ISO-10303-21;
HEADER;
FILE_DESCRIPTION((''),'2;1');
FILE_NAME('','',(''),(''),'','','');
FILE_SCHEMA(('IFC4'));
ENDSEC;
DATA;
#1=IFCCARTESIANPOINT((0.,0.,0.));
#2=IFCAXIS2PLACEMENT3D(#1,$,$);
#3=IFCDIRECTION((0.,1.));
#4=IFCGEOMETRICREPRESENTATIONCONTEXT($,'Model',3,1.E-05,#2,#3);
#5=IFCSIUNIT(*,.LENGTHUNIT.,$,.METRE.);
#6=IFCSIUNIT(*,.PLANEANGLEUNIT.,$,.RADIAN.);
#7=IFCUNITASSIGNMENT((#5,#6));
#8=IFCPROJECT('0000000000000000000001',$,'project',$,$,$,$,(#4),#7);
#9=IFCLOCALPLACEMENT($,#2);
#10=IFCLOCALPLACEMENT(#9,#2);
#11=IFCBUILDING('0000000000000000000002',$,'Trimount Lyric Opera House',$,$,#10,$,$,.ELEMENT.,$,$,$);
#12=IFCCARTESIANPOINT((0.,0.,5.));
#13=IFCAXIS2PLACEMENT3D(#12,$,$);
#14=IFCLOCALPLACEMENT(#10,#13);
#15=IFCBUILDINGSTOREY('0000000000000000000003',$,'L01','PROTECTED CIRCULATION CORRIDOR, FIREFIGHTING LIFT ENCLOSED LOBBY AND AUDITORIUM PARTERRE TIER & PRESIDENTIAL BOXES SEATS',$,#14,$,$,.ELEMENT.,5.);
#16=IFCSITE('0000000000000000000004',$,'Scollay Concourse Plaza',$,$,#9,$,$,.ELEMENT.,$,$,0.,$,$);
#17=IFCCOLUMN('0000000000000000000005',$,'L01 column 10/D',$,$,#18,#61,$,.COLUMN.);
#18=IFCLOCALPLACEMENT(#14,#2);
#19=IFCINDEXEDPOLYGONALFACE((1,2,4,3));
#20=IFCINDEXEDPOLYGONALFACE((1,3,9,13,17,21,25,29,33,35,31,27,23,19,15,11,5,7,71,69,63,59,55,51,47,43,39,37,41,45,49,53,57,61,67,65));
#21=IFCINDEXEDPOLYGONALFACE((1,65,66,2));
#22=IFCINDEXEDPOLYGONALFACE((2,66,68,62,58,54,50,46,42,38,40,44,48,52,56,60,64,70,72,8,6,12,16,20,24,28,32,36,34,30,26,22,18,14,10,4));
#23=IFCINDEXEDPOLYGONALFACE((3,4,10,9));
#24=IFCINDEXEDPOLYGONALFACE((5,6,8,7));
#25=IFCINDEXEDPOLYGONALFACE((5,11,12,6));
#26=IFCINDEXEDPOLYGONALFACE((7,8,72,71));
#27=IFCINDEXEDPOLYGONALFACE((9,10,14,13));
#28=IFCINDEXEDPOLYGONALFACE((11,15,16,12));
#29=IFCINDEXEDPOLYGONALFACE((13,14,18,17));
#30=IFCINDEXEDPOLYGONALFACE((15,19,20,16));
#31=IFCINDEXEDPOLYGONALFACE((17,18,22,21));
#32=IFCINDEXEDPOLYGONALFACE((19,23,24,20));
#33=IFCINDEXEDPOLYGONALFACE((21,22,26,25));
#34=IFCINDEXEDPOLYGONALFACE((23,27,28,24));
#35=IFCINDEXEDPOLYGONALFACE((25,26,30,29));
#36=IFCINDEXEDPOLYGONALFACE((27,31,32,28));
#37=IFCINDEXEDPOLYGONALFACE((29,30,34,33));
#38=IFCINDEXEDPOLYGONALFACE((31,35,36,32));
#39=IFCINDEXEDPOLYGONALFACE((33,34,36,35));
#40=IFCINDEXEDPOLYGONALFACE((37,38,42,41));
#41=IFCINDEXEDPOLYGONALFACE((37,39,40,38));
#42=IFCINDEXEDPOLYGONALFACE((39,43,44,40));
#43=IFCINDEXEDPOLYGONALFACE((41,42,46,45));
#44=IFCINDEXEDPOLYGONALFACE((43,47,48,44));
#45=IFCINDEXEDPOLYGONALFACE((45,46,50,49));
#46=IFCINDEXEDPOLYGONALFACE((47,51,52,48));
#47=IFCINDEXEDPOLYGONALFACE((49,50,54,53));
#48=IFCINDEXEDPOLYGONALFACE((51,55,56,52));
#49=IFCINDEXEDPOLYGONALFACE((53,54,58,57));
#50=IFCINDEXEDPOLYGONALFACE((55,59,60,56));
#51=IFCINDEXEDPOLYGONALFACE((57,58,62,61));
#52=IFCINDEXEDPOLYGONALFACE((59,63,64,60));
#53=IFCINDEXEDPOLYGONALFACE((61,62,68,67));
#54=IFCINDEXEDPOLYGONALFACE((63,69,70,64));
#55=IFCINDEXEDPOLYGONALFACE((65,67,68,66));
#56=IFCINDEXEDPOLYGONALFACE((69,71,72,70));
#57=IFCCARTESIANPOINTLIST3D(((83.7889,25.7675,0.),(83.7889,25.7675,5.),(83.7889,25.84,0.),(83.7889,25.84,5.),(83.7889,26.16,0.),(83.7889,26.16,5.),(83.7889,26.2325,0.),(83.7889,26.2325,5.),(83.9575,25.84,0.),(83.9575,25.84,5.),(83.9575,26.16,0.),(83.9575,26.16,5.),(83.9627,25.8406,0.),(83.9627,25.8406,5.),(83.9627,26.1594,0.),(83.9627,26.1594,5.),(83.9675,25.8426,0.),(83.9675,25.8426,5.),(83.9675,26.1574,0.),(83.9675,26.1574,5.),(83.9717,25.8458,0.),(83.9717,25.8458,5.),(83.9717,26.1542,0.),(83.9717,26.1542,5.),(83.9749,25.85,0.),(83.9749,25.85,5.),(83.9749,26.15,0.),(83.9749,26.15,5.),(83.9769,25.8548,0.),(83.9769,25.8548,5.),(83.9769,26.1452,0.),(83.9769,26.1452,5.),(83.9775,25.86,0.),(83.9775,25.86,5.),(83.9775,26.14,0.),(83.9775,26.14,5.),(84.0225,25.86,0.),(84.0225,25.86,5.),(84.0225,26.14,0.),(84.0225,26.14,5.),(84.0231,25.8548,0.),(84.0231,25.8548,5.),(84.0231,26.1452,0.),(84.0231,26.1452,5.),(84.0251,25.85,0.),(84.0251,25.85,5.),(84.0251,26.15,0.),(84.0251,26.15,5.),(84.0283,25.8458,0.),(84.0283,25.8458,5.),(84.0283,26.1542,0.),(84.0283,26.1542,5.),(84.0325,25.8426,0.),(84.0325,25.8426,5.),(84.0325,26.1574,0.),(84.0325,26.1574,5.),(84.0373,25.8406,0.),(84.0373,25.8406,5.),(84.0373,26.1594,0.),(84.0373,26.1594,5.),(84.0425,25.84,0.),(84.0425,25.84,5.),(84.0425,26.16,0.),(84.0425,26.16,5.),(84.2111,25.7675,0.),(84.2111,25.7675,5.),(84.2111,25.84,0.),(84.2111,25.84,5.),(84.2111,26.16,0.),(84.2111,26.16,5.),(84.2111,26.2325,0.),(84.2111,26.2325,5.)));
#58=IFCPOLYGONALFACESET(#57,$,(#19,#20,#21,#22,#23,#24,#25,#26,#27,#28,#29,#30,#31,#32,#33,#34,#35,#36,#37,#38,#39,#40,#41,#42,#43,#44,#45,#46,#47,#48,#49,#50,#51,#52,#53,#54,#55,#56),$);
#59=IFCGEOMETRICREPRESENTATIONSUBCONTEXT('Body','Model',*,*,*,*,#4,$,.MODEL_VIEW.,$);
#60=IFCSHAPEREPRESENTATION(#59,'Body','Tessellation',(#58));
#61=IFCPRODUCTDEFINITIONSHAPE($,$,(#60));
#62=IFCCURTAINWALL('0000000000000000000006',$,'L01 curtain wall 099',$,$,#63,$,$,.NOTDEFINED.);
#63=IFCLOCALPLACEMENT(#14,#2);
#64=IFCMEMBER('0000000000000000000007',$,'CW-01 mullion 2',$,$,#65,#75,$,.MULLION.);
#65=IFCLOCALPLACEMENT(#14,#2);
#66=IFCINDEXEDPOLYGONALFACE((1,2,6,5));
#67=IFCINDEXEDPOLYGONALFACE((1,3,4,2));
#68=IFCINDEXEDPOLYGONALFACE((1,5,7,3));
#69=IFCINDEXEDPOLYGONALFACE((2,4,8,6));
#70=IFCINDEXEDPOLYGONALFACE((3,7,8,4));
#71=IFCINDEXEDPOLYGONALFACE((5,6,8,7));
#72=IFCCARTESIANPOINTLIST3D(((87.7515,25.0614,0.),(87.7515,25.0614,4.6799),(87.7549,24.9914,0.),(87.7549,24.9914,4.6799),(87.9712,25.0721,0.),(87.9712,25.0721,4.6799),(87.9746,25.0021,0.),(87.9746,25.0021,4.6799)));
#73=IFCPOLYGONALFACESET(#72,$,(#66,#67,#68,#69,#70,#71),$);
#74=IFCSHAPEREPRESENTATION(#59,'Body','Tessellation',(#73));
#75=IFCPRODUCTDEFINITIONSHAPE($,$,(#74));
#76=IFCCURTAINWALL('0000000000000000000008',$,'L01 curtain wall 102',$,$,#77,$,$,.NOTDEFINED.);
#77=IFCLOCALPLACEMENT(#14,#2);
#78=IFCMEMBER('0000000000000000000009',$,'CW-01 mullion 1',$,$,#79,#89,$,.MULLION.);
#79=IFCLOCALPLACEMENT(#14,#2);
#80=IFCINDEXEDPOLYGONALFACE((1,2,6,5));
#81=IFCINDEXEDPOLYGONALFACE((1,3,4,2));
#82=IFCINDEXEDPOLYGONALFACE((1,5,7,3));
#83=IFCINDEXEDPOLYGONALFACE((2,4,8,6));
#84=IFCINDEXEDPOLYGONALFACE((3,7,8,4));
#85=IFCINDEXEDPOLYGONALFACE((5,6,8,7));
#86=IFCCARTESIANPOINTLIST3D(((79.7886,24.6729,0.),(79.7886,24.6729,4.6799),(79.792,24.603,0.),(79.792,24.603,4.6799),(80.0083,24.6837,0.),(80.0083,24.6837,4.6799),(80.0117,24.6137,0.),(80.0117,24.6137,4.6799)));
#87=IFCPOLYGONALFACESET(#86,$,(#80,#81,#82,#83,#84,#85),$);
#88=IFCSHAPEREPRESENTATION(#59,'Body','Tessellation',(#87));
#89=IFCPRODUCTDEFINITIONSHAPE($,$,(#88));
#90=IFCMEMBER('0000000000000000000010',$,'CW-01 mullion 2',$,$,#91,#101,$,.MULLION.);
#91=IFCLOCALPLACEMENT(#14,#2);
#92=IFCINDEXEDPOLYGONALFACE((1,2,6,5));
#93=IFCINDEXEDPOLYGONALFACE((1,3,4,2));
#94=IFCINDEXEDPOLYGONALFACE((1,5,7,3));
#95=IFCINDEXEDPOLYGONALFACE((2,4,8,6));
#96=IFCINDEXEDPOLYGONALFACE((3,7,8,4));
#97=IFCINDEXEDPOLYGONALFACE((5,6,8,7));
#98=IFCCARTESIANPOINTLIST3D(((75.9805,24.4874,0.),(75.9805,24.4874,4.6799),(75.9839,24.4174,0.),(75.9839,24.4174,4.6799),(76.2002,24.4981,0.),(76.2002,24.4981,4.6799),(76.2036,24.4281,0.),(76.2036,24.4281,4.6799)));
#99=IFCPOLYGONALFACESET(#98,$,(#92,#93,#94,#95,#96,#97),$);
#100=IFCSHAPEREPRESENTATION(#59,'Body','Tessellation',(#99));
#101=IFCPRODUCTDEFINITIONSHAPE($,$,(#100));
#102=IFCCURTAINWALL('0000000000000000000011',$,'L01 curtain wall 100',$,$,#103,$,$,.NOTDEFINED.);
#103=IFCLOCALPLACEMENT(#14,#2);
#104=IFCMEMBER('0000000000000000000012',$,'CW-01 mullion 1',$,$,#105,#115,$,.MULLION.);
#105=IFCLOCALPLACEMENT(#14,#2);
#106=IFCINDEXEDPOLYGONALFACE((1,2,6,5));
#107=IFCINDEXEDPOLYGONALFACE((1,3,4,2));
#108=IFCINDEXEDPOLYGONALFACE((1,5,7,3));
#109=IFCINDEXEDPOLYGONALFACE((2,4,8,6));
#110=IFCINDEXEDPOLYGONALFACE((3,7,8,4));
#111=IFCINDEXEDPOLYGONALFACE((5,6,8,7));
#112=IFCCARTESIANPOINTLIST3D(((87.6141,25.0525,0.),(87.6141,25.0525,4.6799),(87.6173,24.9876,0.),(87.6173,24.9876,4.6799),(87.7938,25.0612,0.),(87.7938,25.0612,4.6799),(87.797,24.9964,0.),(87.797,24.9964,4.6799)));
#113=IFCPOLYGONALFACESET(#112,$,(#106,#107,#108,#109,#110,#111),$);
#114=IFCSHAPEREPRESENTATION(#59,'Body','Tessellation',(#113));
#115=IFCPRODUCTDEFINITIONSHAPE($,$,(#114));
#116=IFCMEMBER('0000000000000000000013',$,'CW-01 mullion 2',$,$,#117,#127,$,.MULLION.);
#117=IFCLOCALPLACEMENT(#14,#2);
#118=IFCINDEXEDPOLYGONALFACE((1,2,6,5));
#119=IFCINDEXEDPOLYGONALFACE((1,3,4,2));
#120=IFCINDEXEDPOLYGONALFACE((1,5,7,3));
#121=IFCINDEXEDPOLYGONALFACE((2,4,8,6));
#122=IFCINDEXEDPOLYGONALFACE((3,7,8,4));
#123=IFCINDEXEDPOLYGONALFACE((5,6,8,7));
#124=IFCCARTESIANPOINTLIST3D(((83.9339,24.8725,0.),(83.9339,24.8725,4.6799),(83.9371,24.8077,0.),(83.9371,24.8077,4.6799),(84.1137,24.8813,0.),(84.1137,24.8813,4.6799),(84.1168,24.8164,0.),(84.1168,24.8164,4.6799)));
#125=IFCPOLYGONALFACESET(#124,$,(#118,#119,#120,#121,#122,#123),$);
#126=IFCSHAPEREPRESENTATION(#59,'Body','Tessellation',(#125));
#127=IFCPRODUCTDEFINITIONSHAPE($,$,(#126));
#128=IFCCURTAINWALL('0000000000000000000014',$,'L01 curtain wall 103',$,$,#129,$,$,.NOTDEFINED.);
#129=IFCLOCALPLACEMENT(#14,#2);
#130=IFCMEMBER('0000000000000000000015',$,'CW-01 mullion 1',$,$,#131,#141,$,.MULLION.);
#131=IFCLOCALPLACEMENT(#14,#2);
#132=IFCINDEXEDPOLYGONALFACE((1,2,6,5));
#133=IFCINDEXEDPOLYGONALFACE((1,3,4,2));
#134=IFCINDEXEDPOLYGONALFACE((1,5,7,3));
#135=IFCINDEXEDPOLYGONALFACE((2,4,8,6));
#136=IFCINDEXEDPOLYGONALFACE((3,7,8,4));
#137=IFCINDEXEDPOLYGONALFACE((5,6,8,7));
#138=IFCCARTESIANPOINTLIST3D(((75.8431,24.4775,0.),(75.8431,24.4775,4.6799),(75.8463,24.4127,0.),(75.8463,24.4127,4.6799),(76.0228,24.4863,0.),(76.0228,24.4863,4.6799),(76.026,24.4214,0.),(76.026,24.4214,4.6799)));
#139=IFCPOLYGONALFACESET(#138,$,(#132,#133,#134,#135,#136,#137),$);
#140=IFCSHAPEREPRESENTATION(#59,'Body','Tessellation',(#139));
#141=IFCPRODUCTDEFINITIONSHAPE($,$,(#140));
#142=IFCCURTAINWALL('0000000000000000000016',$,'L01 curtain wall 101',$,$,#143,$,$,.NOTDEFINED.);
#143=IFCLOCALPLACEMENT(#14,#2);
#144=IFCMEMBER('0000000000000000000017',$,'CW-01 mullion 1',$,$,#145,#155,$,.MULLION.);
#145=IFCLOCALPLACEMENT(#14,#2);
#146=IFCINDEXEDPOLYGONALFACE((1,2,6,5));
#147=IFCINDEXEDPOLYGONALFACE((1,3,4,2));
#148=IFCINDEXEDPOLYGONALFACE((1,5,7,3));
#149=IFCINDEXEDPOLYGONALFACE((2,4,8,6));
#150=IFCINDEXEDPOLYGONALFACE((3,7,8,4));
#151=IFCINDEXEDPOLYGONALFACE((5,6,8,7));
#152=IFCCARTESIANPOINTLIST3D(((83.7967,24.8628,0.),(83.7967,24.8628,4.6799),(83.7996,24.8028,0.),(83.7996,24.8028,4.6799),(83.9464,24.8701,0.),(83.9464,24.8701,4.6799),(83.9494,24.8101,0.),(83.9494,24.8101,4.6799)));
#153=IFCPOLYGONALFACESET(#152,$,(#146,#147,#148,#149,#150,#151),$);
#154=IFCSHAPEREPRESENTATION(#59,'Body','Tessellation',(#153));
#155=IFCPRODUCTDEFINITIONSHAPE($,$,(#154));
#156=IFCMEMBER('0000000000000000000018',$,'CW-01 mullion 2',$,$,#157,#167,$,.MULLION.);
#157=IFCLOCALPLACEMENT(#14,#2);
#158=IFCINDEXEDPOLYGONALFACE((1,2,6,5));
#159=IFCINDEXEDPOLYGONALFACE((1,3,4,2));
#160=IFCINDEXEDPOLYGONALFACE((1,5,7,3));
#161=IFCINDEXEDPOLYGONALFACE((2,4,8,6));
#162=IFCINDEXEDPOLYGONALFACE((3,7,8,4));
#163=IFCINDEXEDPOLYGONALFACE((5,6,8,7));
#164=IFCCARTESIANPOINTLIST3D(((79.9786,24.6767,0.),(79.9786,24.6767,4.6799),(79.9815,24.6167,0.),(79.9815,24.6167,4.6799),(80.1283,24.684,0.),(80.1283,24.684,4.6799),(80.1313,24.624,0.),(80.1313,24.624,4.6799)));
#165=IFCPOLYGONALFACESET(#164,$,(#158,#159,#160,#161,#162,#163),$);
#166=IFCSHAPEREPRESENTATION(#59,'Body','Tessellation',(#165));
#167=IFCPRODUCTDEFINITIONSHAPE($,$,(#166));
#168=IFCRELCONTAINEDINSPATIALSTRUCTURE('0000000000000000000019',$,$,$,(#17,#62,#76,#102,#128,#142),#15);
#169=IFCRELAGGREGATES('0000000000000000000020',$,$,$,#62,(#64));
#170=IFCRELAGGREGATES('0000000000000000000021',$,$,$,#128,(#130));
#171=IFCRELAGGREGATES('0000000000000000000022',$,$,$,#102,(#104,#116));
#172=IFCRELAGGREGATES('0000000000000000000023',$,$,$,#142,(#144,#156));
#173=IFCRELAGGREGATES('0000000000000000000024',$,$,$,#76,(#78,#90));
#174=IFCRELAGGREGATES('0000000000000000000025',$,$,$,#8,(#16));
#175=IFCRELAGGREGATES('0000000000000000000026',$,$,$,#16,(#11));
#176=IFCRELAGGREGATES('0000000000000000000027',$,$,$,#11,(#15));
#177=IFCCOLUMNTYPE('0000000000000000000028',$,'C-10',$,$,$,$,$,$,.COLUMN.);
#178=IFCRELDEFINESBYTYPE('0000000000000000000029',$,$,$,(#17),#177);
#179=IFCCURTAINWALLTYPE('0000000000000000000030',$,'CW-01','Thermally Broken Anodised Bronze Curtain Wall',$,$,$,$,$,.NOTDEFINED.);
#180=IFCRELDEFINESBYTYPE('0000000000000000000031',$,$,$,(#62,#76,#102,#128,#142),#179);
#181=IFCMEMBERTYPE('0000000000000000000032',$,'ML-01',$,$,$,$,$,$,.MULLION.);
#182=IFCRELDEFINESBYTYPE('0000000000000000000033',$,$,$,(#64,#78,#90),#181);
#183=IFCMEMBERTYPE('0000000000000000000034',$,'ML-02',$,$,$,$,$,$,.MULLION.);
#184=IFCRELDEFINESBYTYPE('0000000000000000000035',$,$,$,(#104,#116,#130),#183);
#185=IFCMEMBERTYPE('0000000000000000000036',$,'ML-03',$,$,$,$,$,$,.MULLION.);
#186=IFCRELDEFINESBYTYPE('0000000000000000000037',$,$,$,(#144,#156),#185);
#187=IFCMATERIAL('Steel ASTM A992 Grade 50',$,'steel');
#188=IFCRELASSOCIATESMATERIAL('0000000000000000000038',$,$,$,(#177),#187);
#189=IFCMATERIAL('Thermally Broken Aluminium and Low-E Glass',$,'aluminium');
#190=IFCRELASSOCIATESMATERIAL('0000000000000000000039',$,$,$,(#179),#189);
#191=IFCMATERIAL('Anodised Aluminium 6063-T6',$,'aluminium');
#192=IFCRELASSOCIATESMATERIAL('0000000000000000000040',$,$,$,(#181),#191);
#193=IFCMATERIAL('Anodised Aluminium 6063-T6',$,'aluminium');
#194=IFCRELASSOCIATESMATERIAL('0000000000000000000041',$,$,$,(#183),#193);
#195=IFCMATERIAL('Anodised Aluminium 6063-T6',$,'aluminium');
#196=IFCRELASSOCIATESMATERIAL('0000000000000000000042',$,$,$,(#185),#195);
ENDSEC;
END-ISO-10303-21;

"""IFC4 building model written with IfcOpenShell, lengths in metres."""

from ifc_helpers import new_model, si_unit, direction, frame, origin, origin_2d, place, context, subcontext, project, spatial, rectangle, i_section, extrude, material, material_profile, profile_set, type_object, element, aggregate, save


model = new_model("IFC4")

# Units and contexts
model_context = context("Model", 3, precision=1e-05, world=origin(), true_north=direction((0.0, 1.0)))
body_context = subcontext(model_context, "Body", "Model", "MODEL_VIEW")
ifc_project = project(units=[si_unit("LENGTHUNIT", "METRE"), si_unit("PLANEANGLEUNIT", "RADIAN")], contexts=[model_context])

# Site, building, storey
site_placement = place(None, origin())
site = spatial("IfcSite", under=ifc_project, at=site_placement, Name="Scollay Concourse Plaza", CompositionType="ELEMENT", RefElevation=0.0)
building_placement = place(site_placement, origin())
building = spatial("IfcBuilding", under=site, at=building_placement, Name="Trimount Lyric Opera House", CompositionType="ELEMENT")
storey_placement = place(building_placement, frame((0.0, 0.0, 5.0)))
storey = spatial("IfcBuildingStorey", under=building, at=storey_placement, Name="L01", Description="PROTECTED CIRCULATION CORRIDOR, FIREFIGHTING LIFT ENCLOSED LOBBY AND AUDITORIUM PARTERRE TIER & PRESIDENTIAL BOXES SEATS", CompositionType="ELEMENT", Elevation=5.0)

# Column
ifc_material_1 = material(Name="Steel ASTM A992 Grade 50", Category="steel")
ifc_material_profile_1 = material_profile(ifc_material_1, i_section(OverallWidth=0.4221, OverallDepth=0.4651, WebThickness=0.0449, FlangeThickness=0.0725, FilletRadius=0.02, at=origin_2d()), Name="W14X398")
ifc_profile_set_1 = profile_set([ifc_material_profile_1], Name="Steel ASTM A992 Grade 50")
column_type = type_object("IfcColumnType", Name="C-10", PredefinedType="COLUMN", material=ifc_profile_set_1)
column_placement = place(storey_placement, frame((84.0, 26.0, 0.0), z_axis=(0.0, 0.0, 1.0), x_axis=(1.0, 0.0, 0.0)))
element("IfcColumn", 1, at=column_placement, inside=storey, type_object=column_type, Name="L01 column 10/D", PredefinedType="COLUMN", context=body_context, shape_type="SweptSolid", body=[
    extrude(i_section(OverallWidth=0.4221, OverallDepth=0.4651, WebThickness=0.0449, FlangeThickness=0.0725, FilletRadius=0.02, at=origin_2d()), origin(), (0.0, 0.0, 1.0), 5.0),
])

# Curtain wall, member
ifc_material_2 = material(Name="Thermally Broken Aluminium and Low-E Glass", Category="aluminium")
curtain_wall_type = type_object("IfcCurtainWallType", Name="CW-01", Description="Thermally Broken Anodised Bronze Curtain Wall", PredefinedType="NOTDEFINED", material=ifc_material_2)
curtain_wall_1_placement = place(storey_placement, origin())
curtain_wall_1 = element("IfcCurtainWall", 2, at=curtain_wall_1_placement, inside=storey, type_object=curtain_wall_type, Name="L01 curtain wall 099", PredefinedType="NOTDEFINED")
ifc_material_3 = material(Name="Anodised Aluminium 6063-T6", Category="aluminium")
ifc_material_profile_2 = material_profile(ifc_material_3, rectangle(XDim=0.0701, YDim=0.22, at=origin_2d()), Name="ALU-MULL-70X220")
ifc_profile_set_2 = profile_set([ifc_material_profile_2], Name="Anodised Aluminium 6063-T6")
member_type_1 = type_object("IfcMemberType", Name="ML-01", PredefinedType="MULLION", material=ifc_profile_set_2)
member_1_placement = place(storey_placement, frame((87.863, 25.0317, 0.0), z_axis=(0.0, 0.0, 1.0), x_axis=(0.048807, -0.998808, 0.0)))
member_1 = element("IfcMember", 3, at=member_1_placement, type_object=member_type_1, Name="CW-01 mullion 2", PredefinedType="MULLION", context=body_context, shape_type="SweptSolid", body=[
    extrude(rectangle(XDim=0.0701, YDim=0.22, at=origin_2d()), origin(), (0.0, 0.0, 1.0), 4.6799),
])
aggregate(curtain_wall_1, [member_1])

# Curtain walls, members
curtain_wall_2_placement = place(storey_placement, origin())
curtain_wall_2 = element("IfcCurtainWall", 4, at=curtain_wall_2_placement, inside=storey, type_object=curtain_wall_type, Name="L01 curtain wall 102", PredefinedType="NOTDEFINED")
member_2_placement = place(storey_placement, frame((79.9001, 24.6433, 0.0), z_axis=(0.0, 0.0, 1.0), x_axis=(0.048679, -0.998814, 0.0)))
member_2 = element("IfcMember", 5, at=member_2_placement, type_object=member_type_1, Name="CW-01 mullion 1", PredefinedType="MULLION", context=body_context, shape_type="SweptSolid", body=[
    extrude(rectangle(XDim=0.0701, YDim=0.22, at=origin_2d()), origin(), (0.0, 0.0, 1.0), 4.6799),
])
member_3_placement = place(storey_placement, frame((76.092, 24.4578, 0.0), z_axis=(0.0, 0.0, 1.0), x_axis=(0.048679, -0.998814, 0.0)))
member_3 = element("IfcMember", 6, at=member_3_placement, type_object=member_type_1, Name="CW-01 mullion 2", PredefinedType="MULLION", context=body_context, shape_type="SweptSolid", body=[
    extrude(rectangle(XDim=0.0701, YDim=0.22, at=origin_2d()), origin(), (0.0, 0.0, 1.0), 4.6799),
])
curtain_wall_3_placement = place(storey_placement, origin())
curtain_wall_3 = element("IfcCurtainWall", 7, at=curtain_wall_3_placement, inside=storey, type_object=curtain_wall_type, Name="L01 curtain wall 100", PredefinedType="NOTDEFINED")
ifc_material_4 = material(Name="Anodised Aluminium 6063-T6", Category="aluminium")
ifc_material_profile_3 = material_profile(ifc_material_4, rectangle(XDim=0.0649, YDim=0.1799, at=origin_2d()), Name="ALU-MULL-65X180")
ifc_profile_set_3 = profile_set([ifc_material_profile_3], Name="Anodised Aluminium 6063-T6")
member_type_2 = type_object("IfcMemberType", Name="ML-02", PredefinedType="MULLION", material=ifc_profile_set_3)
member_4_placement = place(storey_placement, frame((87.7056, 25.0244, 0.0), z_axis=(0.0, 0.0, 1.0), x_axis=(0.048807, -0.998808, 0.0)))
member_4 = element("IfcMember", 8, at=member_4_placement, type_object=member_type_2, Name="CW-01 mullion 1", PredefinedType="MULLION", context=body_context, shape_type="SweptSolid", body=[
    extrude(rectangle(XDim=0.0649, YDim=0.1799, at=origin_2d()), origin(), (0.0, 0.0, 1.0), 4.6799),
])
member_5_placement = place(storey_placement, frame((84.0254, 24.8445, 0.0), z_axis=(0.0, 0.0, 1.0), x_axis=(0.048807, -0.998808, 0.0)))
member_5 = element("IfcMember", 9, at=member_5_placement, type_object=member_type_2, Name="CW-01 mullion 2", PredefinedType="MULLION", context=body_context, shape_type="SweptSolid", body=[
    extrude(rectangle(XDim=0.0649, YDim=0.1799, at=origin_2d()), origin(), (0.0, 0.0, 1.0), 4.6799),
])

# Curtain wall, member
curtain_wall_4_placement = place(storey_placement, origin())
curtain_wall_4 = element("IfcCurtainWall", 10, at=curtain_wall_4_placement, inside=storey, type_object=curtain_wall_type, Name="L01 curtain wall 103", PredefinedType="NOTDEFINED")
member_6_placement = place(storey_placement, frame((75.9346, 24.4495, 0.0), z_axis=(0.0, 0.0, 1.0), x_axis=(0.048679, -0.998814, 0.0)))
member_6 = element("IfcMember", 11, at=member_6_placement, type_object=member_type_2, Name="CW-01 mullion 1", PredefinedType="MULLION", context=body_context, shape_type="SweptSolid", body=[
    extrude(rectangle(XDim=0.0649, YDim=0.1799, at=origin_2d()), origin(), (0.0, 0.0, 1.0), 4.6799),
])

# Curtain wall, members
curtain_wall_5_placement = place(storey_placement, origin())
curtain_wall_5 = element("IfcCurtainWall", 12, at=curtain_wall_5_placement, inside=storey, type_object=curtain_wall_type, Name="L01 curtain wall 101", PredefinedType="NOTDEFINED")
ifc_material_5 = material(Name="Anodised Aluminium 6063-T6", Category="aluminium")
ifc_material_profile_4 = material_profile(ifc_material_5, rectangle(XDim=0.0601, YDim=0.1499, at=origin_2d()), Name="ALU-MULL-60X150")
ifc_profile_set_4 = profile_set([ifc_material_profile_4], Name="Anodised Aluminium 6063-T6")
member_type_3 = type_object("IfcMemberType", Name="ML-03", PredefinedType="MULLION", material=ifc_profile_set_4)
member_7_placement = place(storey_placement, frame((83.873, 24.8364, 0.0), z_axis=(0.0, 0.0, 1.0), x_axis=(0.048679, -0.998814, 0.0)))
member_7 = element("IfcMember", 13, at=member_7_placement, type_object=member_type_3, Name="CW-01 mullion 1", PredefinedType="MULLION", context=body_context, shape_type="SweptSolid", body=[
    extrude(rectangle(XDim=0.0601, YDim=0.1499, at=origin_2d()), origin(), (0.0, 0.0, 1.0), 4.6799),
])
member_8_placement = place(storey_placement, frame((80.0549, 24.6504, 0.0), z_axis=(0.0, 0.0, 1.0), x_axis=(0.048679, -0.998814, 0.0)))
member_8 = element("IfcMember", 14, at=member_8_placement, type_object=member_type_3, Name="CW-01 mullion 2", PredefinedType="MULLION", context=body_context, shape_type="SweptSolid", body=[
    extrude(rectangle(XDim=0.0601, YDim=0.1499, at=origin_2d()), origin(), (0.0, 0.0, 1.0), 4.6799),
])

aggregate(curtain_wall_4, [member_6])

aggregate(curtain_wall_3, [member_4, member_5])
aggregate(curtain_wall_5, [member_7, member_8])
aggregate(curtain_wall_2, [member_2, member_3])

save(model, "model.ifc")
